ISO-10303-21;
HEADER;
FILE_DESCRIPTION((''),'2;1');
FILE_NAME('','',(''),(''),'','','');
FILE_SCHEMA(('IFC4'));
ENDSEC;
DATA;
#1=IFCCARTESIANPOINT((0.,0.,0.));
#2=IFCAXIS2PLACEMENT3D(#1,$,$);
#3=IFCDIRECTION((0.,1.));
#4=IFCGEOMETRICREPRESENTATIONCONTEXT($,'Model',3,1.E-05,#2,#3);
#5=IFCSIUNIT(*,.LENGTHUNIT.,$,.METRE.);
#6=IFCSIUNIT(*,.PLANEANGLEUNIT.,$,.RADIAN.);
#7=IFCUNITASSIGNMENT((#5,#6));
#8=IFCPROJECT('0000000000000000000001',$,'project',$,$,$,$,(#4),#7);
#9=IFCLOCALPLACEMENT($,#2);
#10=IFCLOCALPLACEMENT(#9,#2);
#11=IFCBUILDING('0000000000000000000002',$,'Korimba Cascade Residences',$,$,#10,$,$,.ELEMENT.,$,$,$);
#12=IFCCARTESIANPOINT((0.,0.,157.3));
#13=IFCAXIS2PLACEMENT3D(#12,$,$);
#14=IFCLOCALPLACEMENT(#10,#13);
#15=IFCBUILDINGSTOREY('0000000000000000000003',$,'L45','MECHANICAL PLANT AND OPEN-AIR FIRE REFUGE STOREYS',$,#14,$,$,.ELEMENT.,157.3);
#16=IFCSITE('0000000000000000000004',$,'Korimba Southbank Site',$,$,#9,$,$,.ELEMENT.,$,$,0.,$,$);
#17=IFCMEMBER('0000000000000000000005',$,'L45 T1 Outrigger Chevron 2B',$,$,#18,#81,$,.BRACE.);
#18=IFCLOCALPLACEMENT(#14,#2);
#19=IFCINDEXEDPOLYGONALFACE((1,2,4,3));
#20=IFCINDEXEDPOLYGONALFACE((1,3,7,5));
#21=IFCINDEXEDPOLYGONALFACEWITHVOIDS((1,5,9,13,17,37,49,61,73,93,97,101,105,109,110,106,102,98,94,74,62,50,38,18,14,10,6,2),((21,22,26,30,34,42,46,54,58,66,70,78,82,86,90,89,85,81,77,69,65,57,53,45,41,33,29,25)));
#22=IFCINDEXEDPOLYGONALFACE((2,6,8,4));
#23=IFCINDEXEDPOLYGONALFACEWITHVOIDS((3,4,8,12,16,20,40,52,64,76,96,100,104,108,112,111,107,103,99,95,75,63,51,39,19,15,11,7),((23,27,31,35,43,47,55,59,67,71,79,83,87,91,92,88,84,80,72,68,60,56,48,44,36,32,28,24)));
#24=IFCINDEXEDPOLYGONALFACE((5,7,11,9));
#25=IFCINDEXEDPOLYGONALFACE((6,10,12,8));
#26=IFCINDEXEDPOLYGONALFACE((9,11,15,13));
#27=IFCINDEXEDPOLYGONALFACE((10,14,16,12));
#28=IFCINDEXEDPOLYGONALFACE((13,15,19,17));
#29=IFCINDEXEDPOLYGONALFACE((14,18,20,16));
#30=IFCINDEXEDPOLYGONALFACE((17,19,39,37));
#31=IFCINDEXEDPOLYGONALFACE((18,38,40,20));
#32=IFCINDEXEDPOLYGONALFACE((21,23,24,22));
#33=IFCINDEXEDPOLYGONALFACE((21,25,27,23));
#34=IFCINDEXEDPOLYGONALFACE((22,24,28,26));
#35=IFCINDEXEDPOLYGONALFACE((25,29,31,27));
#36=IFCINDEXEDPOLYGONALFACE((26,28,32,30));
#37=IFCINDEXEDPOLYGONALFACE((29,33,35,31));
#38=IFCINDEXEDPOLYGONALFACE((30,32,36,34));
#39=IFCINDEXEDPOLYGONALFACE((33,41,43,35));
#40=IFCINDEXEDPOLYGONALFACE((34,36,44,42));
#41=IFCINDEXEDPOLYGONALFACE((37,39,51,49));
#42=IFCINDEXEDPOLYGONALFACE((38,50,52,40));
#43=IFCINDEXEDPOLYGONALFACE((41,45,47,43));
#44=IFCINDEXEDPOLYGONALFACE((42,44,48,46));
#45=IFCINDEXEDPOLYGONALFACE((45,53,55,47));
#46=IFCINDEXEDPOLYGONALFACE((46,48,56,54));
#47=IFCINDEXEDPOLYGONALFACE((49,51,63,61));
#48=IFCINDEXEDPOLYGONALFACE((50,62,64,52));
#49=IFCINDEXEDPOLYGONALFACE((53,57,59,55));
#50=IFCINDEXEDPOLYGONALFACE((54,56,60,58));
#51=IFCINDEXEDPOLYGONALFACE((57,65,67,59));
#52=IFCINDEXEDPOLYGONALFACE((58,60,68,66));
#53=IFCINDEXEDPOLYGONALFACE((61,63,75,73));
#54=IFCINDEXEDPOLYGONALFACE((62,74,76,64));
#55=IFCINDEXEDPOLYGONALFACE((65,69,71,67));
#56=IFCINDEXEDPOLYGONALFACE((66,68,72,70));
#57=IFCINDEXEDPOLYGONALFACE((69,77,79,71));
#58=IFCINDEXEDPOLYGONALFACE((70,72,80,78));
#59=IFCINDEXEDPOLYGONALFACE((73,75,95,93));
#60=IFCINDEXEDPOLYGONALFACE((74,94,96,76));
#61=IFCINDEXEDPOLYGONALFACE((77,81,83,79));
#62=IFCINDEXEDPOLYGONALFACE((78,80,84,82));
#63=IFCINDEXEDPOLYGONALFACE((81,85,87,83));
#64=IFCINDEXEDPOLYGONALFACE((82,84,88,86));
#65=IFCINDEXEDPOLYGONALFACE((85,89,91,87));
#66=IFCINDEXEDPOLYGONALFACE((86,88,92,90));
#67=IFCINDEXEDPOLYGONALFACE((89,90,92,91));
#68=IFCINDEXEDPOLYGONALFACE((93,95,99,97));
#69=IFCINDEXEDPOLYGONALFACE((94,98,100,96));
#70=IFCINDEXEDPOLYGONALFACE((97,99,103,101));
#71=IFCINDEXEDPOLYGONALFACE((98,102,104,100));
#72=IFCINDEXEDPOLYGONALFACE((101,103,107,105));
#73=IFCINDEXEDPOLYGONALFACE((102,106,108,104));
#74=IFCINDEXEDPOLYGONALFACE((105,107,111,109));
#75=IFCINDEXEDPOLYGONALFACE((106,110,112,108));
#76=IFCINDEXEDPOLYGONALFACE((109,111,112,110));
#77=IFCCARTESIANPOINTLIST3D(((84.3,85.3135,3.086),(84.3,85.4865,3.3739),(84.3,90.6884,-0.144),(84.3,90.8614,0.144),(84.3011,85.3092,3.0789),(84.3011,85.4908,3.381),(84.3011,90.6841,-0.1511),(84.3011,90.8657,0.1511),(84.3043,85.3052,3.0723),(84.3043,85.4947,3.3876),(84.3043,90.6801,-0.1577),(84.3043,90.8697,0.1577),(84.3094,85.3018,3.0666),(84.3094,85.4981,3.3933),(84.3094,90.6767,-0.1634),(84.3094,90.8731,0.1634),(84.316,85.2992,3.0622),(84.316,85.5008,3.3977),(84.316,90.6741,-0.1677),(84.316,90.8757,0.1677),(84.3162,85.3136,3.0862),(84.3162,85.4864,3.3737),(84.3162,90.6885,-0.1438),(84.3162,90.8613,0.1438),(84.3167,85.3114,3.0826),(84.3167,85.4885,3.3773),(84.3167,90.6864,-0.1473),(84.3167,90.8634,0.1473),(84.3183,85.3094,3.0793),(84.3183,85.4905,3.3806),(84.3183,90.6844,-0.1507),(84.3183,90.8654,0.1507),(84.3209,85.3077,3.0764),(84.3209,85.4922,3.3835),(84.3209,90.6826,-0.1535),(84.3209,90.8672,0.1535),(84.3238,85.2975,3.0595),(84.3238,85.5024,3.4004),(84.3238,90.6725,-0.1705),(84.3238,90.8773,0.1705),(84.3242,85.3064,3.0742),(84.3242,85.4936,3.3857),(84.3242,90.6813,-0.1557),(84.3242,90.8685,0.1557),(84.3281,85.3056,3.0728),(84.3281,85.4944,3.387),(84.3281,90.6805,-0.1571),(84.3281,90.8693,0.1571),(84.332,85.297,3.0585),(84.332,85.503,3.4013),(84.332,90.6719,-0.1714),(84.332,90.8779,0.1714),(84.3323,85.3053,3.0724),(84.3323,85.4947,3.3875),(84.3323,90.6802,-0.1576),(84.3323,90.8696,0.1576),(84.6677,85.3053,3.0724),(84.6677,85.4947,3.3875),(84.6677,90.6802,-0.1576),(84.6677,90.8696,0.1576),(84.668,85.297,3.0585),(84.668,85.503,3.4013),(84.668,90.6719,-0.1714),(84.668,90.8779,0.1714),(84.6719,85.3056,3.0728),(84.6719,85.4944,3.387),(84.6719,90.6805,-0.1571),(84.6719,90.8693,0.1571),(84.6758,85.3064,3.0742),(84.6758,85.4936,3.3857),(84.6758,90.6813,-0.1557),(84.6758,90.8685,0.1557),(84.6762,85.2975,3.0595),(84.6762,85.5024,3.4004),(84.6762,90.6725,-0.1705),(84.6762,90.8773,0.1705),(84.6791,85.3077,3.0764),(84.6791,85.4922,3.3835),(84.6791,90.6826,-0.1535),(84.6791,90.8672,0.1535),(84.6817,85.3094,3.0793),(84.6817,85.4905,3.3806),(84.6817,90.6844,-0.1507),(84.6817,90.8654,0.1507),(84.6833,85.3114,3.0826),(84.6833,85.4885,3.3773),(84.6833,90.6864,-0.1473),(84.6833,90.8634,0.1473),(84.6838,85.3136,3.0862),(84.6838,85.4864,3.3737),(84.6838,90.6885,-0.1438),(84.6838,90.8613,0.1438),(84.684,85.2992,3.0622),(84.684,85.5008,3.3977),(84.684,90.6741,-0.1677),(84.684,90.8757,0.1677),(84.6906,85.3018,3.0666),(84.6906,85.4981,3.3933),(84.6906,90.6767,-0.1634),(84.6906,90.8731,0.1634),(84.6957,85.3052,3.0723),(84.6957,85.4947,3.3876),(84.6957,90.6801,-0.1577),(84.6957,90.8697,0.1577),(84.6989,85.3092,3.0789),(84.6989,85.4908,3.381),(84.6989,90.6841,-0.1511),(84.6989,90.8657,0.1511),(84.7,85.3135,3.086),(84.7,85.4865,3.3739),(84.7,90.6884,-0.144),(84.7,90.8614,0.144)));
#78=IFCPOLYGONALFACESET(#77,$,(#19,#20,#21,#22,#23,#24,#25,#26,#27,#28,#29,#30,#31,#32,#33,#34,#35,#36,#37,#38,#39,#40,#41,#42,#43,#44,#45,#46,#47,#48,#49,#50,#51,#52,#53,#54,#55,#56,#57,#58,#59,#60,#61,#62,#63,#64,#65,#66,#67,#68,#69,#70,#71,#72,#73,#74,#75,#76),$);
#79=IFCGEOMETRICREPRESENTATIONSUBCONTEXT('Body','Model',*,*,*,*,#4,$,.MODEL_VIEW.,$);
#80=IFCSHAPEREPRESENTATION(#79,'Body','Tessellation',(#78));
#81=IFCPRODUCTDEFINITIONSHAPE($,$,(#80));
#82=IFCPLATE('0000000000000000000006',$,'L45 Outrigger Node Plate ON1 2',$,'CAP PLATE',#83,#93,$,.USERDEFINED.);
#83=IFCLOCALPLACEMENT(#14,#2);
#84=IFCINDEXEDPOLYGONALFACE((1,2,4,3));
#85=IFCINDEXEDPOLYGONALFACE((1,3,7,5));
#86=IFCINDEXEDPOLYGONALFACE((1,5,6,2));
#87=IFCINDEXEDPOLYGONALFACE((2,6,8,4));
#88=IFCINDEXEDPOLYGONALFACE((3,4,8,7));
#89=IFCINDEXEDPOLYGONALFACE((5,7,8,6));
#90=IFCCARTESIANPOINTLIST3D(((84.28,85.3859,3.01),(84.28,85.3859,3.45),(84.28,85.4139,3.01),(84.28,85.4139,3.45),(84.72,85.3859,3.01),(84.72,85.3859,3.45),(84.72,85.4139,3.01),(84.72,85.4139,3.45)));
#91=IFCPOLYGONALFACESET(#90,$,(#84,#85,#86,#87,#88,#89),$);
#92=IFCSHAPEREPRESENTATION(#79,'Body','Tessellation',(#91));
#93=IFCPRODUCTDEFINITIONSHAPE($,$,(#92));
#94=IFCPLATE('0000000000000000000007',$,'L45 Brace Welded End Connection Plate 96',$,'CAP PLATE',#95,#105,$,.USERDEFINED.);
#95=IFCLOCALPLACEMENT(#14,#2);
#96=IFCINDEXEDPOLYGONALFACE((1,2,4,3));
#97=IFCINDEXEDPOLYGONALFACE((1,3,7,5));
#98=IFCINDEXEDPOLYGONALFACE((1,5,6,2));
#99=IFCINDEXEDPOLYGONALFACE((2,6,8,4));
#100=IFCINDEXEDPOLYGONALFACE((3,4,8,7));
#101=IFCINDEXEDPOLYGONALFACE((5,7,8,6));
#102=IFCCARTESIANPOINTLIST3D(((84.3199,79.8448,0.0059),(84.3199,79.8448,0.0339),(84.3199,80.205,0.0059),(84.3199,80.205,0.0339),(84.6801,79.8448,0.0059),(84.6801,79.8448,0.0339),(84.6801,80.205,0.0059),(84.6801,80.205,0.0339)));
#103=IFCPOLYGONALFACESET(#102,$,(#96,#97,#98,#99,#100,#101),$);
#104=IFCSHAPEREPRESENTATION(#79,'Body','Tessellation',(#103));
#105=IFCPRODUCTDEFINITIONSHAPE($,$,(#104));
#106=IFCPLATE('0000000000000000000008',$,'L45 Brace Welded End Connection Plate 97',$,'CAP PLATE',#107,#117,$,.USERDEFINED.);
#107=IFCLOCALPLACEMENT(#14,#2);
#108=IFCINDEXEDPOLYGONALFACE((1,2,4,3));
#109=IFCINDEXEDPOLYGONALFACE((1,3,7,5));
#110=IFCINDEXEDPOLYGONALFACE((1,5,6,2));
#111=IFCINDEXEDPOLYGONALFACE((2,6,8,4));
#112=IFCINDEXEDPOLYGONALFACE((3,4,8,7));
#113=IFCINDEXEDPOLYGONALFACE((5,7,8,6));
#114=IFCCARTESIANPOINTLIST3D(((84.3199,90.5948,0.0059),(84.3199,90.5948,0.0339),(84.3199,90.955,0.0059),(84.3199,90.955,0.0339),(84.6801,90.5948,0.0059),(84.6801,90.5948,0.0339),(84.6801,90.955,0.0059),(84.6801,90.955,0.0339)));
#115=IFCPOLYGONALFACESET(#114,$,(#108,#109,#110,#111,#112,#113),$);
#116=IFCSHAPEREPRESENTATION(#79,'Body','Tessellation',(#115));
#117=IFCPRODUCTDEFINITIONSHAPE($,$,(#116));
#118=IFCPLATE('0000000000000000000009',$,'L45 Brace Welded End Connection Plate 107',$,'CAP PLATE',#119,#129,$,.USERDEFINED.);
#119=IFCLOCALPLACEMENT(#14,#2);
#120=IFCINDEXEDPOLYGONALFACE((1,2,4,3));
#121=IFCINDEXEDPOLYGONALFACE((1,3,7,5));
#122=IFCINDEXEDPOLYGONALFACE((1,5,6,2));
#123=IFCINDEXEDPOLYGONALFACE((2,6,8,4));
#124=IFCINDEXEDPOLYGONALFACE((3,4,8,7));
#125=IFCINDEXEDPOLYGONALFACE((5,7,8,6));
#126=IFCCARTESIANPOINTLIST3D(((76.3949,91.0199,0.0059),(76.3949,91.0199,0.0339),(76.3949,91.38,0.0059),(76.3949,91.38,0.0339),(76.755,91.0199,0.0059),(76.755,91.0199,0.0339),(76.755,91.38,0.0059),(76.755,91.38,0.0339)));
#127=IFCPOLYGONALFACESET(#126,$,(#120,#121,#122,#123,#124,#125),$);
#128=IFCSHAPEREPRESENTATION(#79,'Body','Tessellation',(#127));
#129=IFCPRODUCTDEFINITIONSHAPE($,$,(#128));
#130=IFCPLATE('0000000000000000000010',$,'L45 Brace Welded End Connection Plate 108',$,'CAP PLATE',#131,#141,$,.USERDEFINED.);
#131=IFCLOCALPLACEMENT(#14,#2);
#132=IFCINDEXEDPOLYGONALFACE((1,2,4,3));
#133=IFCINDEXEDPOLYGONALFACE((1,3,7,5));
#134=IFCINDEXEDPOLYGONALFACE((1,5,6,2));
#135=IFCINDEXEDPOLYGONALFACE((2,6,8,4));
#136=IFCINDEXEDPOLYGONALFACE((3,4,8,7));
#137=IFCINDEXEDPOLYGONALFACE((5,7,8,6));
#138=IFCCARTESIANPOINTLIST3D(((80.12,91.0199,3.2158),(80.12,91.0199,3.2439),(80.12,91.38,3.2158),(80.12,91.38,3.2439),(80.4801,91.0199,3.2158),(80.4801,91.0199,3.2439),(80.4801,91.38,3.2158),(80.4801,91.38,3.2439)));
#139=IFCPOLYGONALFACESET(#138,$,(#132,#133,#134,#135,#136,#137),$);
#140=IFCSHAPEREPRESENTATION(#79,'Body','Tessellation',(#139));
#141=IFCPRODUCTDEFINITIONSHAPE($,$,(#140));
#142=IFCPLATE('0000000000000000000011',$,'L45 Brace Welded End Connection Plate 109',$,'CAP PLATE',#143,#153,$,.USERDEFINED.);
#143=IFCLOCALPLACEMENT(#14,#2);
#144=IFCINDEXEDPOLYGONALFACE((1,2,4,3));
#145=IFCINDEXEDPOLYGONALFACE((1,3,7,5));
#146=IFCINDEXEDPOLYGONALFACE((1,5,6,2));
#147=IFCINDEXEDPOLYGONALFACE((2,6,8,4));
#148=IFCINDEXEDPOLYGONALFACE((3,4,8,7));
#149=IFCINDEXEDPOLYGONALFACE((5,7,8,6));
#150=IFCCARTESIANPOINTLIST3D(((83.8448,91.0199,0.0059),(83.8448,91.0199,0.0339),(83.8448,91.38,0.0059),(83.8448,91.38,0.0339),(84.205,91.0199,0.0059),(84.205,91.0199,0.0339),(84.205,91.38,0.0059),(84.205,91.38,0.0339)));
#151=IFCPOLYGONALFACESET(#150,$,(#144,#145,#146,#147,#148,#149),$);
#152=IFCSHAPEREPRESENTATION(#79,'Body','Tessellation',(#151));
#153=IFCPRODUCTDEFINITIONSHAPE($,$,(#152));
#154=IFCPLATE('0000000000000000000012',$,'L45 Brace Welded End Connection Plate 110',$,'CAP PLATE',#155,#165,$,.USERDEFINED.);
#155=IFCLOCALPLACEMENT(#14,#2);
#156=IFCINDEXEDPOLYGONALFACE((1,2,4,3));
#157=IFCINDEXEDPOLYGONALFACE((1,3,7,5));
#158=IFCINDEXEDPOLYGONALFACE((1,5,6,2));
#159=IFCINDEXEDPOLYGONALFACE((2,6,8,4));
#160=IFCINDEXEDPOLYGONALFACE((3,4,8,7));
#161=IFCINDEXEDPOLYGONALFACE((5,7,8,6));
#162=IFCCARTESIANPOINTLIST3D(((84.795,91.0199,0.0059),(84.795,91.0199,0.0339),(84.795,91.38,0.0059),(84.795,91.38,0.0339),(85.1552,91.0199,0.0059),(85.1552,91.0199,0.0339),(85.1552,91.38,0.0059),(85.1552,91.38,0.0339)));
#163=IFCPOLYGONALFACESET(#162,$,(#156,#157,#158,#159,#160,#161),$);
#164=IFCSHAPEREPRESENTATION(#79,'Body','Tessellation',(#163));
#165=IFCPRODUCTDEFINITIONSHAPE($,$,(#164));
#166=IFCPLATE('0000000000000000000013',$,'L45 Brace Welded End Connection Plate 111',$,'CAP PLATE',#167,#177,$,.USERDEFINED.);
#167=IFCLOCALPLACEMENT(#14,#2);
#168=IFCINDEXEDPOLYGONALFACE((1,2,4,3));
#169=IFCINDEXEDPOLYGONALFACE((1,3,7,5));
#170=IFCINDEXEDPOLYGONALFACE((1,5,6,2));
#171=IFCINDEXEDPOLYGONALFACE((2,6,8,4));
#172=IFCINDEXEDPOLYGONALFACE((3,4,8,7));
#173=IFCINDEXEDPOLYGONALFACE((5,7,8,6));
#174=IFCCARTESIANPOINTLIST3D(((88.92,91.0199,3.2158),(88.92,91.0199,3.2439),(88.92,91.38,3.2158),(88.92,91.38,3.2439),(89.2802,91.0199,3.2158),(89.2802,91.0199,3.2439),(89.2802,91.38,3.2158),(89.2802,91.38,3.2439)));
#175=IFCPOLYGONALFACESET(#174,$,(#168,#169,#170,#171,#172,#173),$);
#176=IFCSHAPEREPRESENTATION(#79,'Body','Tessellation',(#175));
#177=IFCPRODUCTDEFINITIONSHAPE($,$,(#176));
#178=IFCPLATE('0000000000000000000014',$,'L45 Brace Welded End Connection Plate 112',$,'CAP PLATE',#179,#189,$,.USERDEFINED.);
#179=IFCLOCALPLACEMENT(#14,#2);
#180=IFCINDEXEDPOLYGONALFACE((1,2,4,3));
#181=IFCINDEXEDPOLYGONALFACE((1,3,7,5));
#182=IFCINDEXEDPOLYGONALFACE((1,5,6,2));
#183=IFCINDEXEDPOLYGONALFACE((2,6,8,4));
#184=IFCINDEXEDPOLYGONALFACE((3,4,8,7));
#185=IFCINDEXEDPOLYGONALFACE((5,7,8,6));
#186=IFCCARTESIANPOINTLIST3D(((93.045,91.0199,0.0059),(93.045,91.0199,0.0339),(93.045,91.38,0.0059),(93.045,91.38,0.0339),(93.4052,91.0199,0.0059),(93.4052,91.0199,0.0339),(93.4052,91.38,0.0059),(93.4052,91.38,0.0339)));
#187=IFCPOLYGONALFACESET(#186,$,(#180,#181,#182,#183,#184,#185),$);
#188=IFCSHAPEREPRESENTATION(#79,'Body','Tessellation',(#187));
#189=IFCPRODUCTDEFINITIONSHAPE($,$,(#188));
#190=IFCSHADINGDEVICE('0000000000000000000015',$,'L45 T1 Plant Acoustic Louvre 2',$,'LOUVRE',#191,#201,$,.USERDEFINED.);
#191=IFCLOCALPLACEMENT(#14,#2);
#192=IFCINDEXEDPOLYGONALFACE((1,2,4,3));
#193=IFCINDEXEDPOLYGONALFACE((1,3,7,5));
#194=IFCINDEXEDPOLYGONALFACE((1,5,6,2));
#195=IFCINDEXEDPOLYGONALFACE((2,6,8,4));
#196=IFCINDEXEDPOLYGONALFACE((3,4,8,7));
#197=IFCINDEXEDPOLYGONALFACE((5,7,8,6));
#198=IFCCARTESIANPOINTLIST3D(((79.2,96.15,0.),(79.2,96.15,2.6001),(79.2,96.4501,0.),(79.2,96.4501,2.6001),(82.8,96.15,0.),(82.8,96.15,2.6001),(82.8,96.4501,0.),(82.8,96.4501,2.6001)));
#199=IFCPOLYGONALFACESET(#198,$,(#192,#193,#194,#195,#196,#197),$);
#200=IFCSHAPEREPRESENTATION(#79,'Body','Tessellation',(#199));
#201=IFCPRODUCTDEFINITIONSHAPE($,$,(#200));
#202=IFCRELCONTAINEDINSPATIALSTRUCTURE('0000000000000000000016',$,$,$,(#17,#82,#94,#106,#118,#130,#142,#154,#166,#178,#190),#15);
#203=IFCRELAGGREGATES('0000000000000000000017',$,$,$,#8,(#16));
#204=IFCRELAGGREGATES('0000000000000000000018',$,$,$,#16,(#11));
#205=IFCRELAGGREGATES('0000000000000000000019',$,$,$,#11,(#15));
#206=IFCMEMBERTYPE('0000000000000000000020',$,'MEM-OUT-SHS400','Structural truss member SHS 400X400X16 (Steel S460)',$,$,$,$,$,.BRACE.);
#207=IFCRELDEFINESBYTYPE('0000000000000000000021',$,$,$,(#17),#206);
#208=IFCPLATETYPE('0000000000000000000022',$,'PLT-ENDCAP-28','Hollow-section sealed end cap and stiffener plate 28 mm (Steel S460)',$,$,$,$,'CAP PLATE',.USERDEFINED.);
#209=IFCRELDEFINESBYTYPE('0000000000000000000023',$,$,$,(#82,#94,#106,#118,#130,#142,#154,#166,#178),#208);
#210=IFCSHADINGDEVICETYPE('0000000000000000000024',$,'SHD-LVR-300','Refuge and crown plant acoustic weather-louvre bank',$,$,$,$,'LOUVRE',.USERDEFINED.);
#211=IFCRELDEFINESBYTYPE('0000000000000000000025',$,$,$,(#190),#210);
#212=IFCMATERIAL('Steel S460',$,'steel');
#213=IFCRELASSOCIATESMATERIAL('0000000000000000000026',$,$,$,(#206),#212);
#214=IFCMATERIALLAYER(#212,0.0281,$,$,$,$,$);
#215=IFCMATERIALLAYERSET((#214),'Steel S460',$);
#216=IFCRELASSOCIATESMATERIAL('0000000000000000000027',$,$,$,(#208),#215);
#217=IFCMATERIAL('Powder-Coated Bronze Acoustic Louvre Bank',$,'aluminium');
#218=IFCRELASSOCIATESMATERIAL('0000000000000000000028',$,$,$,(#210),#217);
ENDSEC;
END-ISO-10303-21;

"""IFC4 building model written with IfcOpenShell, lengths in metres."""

from ifc_helpers import new_model, si_unit, direction, frame, origin, origin_2d, place, context, subcontext, project, spatial, rectangle, hollow_rectangle, extrude, material, layer, layer_set, material_profile, profile_set, type_object, element, save


model = new_model("IFC4")

# Units and contexts
model_context = context("Model", 3, precision=1e-05, world=origin(), true_north=direction((0.0, 1.0)))
body_context = subcontext(model_context, "Body", "Model", "MODEL_VIEW")
ifc_project = project(units=[si_unit("LENGTHUNIT", "METRE"), si_unit("PLANEANGLEUNIT", "RADIAN")], contexts=[model_context])

# Site, building, storey
site_placement = place(None, origin())
site = spatial("IfcSite", under=ifc_project, at=site_placement, Name="Korimba Southbank Site", CompositionType="ELEMENT", RefElevation=0.0)
building_placement = place(site_placement, origin())
building = spatial("IfcBuilding", under=site, at=building_placement, Name="Korimba Cascade Residences", CompositionType="ELEMENT")
storey_placement = place(building_placement, frame((0.0, 0.0, 157.3)))
storey = spatial("IfcBuildingStorey", under=building, at=storey_placement, Name="L45", Description="MECHANICAL PLANT AND OPEN-AIR FIRE REFUGE STOREYS", CompositionType="ELEMENT", Elevation=157.3)

# Member
ifc_material_1 = material(Name="Steel S460", Category="steel")
ifc_material_profile_1 = material_profile(ifc_material_1, hollow_rectangle(XDim=0.3999, YDim=0.3999, WallThickness=0.0161, InnerFilletRadius=0.0161, OuterFilletRadius=0.032, at=origin_2d()), Name="Steel S460")
ifc_profile_set_1 = profile_set([ifc_material_profile_1], Name="Steel S460")
member_type_1 = type_object("IfcMemberType", Name="MEM-OUT-SHS400", Description="Structural truss member SHS 400X400X16 (Steel S460)", PredefinedType="BRACE", material=ifc_profile_set_1)
for number, where, z_axis, x_axis, name in (
    (1, (84.5, 90.7749, 0.0), (0.0, -0.857142, 0.51508), (1.0, 0.0, 0.0), "L45 T1 Outrigger Chevron 2B"),
):
    element("IfcMember", number, at=place(storey_placement, frame(where, z_axis=z_axis, x_axis=x_axis)), inside=storey, type_object=member_type_1, Name=name, PredefinedType="BRACE", context=body_context, shape_type="SweptSolid", body=[
        extrude(hollow_rectangle(XDim=0.3999, YDim=0.3999, WallThickness=0.0161, InnerFilletRadius=0.0161, OuterFilletRadius=0.032, at=origin_2d()), origin(), (0.0, 0.0, 1.0), 6.2708),
    ])

# Plates
ifc_layer = layer(ifc_material_1, 0.0281)
ifc_layer_set = layer_set([ifc_layer], Name="Steel S460")
plate_type = type_object("IfcPlateType", Name="PLT-ENDCAP-28", Description="Hollow-section sealed end cap and stiffener plate 28 mm (Steel S460)", ElementType="CAP PLATE", PredefinedType="USERDEFINED", material=ifc_layer_set)
plate_placement = place(storey_placement, frame((84.5, 85.3999, 3.01), z_axis=(0.0, 0.0, 1.0), x_axis=(1.0, 0.0, 0.0)))
element("IfcPlate", 2, at=plate_placement, inside=storey, type_object=plate_type, Name="L45 Outrigger Node Plate ON1 2", ObjectType="CAP PLATE", PredefinedType="USERDEFINED", context=body_context, shape_type="SweptSolid", body=[
    extrude(rectangle(XDim=0.4399, YDim=0.0281, at=origin_2d()), origin(), (0.0, 0.0, 1.0), 0.4399),
])
for number, where, z_axis, x_axis, name in (
    (3, (84.5, 80.0249, 0.0059), (0.0, 0.0, 1.0), (1.0, 0.0, 0.0), "L45 Brace Welded End Connection Plate 96"),
    (4, (84.5, 90.7749, 0.0059), (0.0, 0.0, 1.0), (1.0, 0.0, 0.0), "L45 Brace Welded End Connection Plate 97"),
    (5, (76.575, 91.2, 0.0059), (0.0, 0.0, 1.0), (1.0, 0.0, 0.0), "L45 Brace Welded End Connection Plate 107"),
    (6, (80.3, 91.2, 3.2158), (0.0, 0.0, 1.0), (1.0, 0.0, 0.0), "L45 Brace Welded End Connection Plate 108"),
    (7, (84.0249, 91.2, 0.0059), (0.0, 0.0, 1.0), (1.0, 0.0, 0.0), "L45 Brace Welded End Connection Plate 109"),
    (8, (84.9751, 91.2, 0.0059), (0.0, 0.0, 1.0), (1.0, 0.0, 0.0), "L45 Brace Welded End Connection Plate 110"),
    (9, (89.1001, 91.2, 3.2158), (0.0, 0.0, 1.0), (1.0, 0.0, 0.0), "L45 Brace Welded End Connection Plate 111"),
    (10, (93.2251, 91.2, 0.0059), (0.0, 0.0, 1.0), (1.0, 0.0, 0.0), "L45 Brace Welded End Connection Plate 112"),
):
    element("IfcPlate", number, at=place(storey_placement, frame(where, z_axis=z_axis, x_axis=x_axis)), inside=storey, type_object=plate_type, Name=name, ObjectType="CAP PLATE", PredefinedType="USERDEFINED", context=body_context, shape_type="SweptSolid", body=[
        extrude(rectangle(XDim=0.3601, YDim=0.3601, at=origin_2d()), origin(), (0.0, 0.0, 1.0), 0.0281),
    ])

# Shading device
ifc_material_2 = material(Name="Powder-Coated Bronze Acoustic Louvre Bank", Category="aluminium")
shading_device_type = type_object("IfcShadingDeviceType", Name="SHD-LVR-300", Description="Refuge and crown plant acoustic weather-louvre bank", ElementType="LOUVRE", PredefinedType="USERDEFINED", material=ifc_material_2)
shading_device_placement = place(storey_placement, frame((81.0, 96.3, 0.0), z_axis=(0.0, 0.0, 1.0), x_axis=(1.0, 0.0, 0.0)))
element("IfcShadingDevice", 11, at=shading_device_placement, inside=storey, type_object=shading_device_type, Name="L45 T1 Plant Acoustic Louvre 2", ObjectType="LOUVRE", PredefinedType="USERDEFINED", context=body_context, shape_type="SweptSolid", body=[
    extrude(rectangle(XDim=3.6001, YDim=0.3, at=origin_2d()), origin(), (0.0, 0.0, 1.0), 2.6001),
])

save(model, "model.ifc")
